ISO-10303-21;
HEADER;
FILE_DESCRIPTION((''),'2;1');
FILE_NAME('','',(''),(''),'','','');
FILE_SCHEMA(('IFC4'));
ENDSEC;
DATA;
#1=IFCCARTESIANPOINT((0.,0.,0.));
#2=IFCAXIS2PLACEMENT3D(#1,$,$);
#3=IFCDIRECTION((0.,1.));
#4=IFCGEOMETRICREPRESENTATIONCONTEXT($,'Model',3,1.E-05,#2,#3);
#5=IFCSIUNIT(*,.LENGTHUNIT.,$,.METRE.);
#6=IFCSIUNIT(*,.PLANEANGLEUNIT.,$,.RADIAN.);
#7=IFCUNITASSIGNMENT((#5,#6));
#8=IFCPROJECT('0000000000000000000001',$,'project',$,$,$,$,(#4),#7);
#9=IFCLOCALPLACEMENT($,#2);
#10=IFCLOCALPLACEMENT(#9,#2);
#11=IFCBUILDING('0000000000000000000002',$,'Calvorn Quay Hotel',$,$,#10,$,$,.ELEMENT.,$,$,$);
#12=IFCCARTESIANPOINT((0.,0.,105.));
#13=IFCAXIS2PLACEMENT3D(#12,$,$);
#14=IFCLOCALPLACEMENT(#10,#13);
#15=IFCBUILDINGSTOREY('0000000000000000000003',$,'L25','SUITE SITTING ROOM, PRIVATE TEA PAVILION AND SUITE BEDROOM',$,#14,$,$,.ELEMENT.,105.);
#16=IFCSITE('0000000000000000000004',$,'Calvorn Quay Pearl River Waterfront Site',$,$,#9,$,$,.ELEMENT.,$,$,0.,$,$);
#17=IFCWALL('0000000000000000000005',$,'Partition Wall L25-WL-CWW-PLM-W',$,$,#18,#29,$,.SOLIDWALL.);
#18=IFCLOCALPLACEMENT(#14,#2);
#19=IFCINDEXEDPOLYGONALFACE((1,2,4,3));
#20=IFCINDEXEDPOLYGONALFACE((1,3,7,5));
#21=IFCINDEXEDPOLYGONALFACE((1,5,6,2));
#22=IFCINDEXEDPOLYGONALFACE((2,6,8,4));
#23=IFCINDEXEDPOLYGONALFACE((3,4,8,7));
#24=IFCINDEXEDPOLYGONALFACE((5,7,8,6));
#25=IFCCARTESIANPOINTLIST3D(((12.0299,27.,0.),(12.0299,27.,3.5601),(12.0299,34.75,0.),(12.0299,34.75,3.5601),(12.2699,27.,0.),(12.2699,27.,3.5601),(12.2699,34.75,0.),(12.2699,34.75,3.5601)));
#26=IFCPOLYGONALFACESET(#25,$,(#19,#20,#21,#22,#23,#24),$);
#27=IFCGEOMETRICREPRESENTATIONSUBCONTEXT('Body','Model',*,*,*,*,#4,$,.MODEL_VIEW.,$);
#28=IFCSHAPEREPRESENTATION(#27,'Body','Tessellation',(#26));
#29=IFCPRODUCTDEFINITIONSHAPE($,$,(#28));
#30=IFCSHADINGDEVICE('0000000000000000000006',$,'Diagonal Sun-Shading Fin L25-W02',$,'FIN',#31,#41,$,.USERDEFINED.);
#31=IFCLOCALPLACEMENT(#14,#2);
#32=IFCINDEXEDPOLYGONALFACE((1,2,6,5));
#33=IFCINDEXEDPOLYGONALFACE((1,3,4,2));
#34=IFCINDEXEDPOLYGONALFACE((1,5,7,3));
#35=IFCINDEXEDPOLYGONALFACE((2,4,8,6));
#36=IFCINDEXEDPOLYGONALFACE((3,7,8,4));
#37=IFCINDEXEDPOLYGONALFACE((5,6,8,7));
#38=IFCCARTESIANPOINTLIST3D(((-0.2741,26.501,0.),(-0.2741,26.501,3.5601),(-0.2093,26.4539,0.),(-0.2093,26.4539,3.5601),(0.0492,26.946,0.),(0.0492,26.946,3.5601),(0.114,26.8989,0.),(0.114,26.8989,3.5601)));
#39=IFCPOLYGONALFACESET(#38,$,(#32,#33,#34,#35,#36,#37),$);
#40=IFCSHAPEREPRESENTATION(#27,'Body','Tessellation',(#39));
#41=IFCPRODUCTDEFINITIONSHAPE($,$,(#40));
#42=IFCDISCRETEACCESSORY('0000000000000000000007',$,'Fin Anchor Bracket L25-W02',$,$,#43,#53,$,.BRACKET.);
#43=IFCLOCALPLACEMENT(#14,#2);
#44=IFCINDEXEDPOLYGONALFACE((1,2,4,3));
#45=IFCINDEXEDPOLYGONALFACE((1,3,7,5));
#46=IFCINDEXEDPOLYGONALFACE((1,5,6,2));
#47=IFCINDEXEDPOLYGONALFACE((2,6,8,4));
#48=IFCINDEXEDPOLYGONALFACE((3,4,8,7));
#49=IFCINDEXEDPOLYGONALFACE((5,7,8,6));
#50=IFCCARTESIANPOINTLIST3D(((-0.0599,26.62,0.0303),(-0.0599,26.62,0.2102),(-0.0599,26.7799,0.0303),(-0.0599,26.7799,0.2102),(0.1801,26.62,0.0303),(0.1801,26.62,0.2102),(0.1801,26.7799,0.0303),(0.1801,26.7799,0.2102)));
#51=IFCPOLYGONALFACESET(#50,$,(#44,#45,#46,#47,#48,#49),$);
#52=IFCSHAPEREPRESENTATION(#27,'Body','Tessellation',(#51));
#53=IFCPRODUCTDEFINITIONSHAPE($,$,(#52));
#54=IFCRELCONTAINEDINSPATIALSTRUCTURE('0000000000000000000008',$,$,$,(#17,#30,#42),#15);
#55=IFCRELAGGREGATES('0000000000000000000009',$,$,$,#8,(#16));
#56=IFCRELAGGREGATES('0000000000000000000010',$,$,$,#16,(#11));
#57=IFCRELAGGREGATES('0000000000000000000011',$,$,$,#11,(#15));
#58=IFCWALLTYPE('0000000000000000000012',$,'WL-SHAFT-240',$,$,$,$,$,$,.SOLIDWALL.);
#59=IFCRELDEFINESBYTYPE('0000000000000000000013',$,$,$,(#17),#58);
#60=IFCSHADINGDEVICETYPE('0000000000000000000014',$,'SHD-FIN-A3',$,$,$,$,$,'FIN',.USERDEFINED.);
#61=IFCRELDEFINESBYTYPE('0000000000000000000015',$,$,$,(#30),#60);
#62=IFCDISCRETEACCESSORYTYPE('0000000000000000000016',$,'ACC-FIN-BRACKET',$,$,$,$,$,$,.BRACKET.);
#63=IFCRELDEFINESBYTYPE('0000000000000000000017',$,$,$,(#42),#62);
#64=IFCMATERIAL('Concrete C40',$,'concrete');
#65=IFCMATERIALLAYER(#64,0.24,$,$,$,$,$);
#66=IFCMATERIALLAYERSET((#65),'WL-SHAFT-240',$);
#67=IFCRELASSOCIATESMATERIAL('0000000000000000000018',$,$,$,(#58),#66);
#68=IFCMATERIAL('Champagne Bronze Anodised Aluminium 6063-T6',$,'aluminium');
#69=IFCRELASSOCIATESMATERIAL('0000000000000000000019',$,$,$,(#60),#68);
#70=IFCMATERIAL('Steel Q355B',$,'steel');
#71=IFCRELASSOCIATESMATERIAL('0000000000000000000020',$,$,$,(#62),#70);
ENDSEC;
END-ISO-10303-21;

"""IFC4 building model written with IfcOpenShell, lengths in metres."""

from ifc_helpers import new_model, si_unit, direction, frame, frame_2d, origin, origin_2d, place, context, subcontext, project, spatial, rectangle, extrude, material, layer, layer_set, type_object, element, save


model = new_model("IFC4")

# Units and contexts
model_context = context("Model", 3, precision=1e-05, world=origin(), true_north=direction((0.0, 1.0)))
body_context = subcontext(model_context, "Body", "Model", "MODEL_VIEW")
ifc_project = project(units=[si_unit("LENGTHUNIT", "METRE"), si_unit("PLANEANGLEUNIT", "RADIAN")], contexts=[model_context])

# Site, building, storey
site_placement = place(None, origin())
site = spatial("IfcSite", under=ifc_project, at=site_placement, Name="Calvorn Quay Pearl River Waterfront Site", CompositionType="ELEMENT", RefElevation=0.0)
building_placement = place(site_placement, origin())
building = spatial("IfcBuilding", under=site, at=building_placement, Name="Calvorn Quay Hotel", CompositionType="ELEMENT")
storey_placement = place(building_placement, frame((0.0, 0.0, 105.0)))
storey = spatial("IfcBuildingStorey", under=building, at=storey_placement, Name="L25", Description="SUITE SITTING ROOM, PRIVATE TEA PAVILION AND SUITE BEDROOM", CompositionType="ELEMENT", Elevation=105.0)

# Shared definitions
ifc_material_1 = material(Name="Concrete C40", Category="concrete")
ifc_layer_1 = layer(ifc_material_1, 0.24)
ifc_layer_set_1 = layer_set([ifc_layer_1], Name="WL-SHAFT-240")
wall_type_1 = type_object("IfcWallType", Name="WL-SHAFT-240", PredefinedType="SOLIDWALL", material=ifc_layer_set_1)

# Wall
wall_1_placement = place(storey_placement, frame((12.1499, 27.0, 0.0), z_axis=(0.0, 0.0, 1.0), x_axis=(0.0, 1.0, 0.0)))
element("IfcWall", 1, at=wall_1_placement, inside=storey, type_object=wall_type_1, Name="Partition Wall L25-WL-CWW-PLM-W", PredefinedType="SOLIDWALL", context=body_context, shape_type="SweptSolid", body=[
    extrude(rectangle(XDim=7.75, YDim=0.24, at=frame_2d((3.875, 0.0))), origin(), (0.0, 0.0, 1.0), 3.5601),
])

# Shading device
ifc_material_2 = material(Name="Champagne Bronze Anodised Aluminium 6063-T6", Category="aluminium")
shading_device_type = type_object("IfcShadingDeviceType", Name="SHD-FIN-A3", ElementType="FIN", PredefinedType="USERDEFINED", material=ifc_material_2)
shading_device_placement = place(storey_placement, frame((-0.0801, 26.7, 0.0), z_axis=(0.0, 0.0, 1.0), x_axis=(0.587785, 0.809017, 0.0)))
element("IfcShadingDevice", 2, at=shading_device_placement, inside=storey, type_object=shading_device_type, Name="Diagonal Sun-Shading Fin L25-W02", ObjectType="FIN", PredefinedType="USERDEFINED", context=body_context, shape_type="SweptSolid", body=[
    extrude(rectangle(XDim=0.55, YDim=0.0801, at=origin_2d()), origin(), (0.0, 0.0, 1.0), 3.5601),
])

# Discrete accessory
ifc_material_3 = material(Name="Steel Q355B", Category="steel")
discrete_accessory_type = type_object("IfcDiscreteAccessoryType", Name="ACC-FIN-BRACKET", PredefinedType="BRACKET", material=ifc_material_3)
discrete_accessory_placement = place(storey_placement, frame((0.0601, 26.7, 0.0303), z_axis=(0.0, 0.0, 1.0), x_axis=(1.0, 0.0, 0.0)))
element("IfcDiscreteAccessory", 3, at=discrete_accessory_placement, inside=storey, type_object=discrete_accessory_type, Name="Fin Anchor Bracket L25-W02", PredefinedType="BRACKET", context=body_context, shape_type="SweptSolid", body=[
    extrude(rectangle(XDim=0.24, YDim=0.1599, at=origin_2d()), origin(), (0.0, 0.0, 1.0), 0.1799),
])

save(model, "model.ifc")
